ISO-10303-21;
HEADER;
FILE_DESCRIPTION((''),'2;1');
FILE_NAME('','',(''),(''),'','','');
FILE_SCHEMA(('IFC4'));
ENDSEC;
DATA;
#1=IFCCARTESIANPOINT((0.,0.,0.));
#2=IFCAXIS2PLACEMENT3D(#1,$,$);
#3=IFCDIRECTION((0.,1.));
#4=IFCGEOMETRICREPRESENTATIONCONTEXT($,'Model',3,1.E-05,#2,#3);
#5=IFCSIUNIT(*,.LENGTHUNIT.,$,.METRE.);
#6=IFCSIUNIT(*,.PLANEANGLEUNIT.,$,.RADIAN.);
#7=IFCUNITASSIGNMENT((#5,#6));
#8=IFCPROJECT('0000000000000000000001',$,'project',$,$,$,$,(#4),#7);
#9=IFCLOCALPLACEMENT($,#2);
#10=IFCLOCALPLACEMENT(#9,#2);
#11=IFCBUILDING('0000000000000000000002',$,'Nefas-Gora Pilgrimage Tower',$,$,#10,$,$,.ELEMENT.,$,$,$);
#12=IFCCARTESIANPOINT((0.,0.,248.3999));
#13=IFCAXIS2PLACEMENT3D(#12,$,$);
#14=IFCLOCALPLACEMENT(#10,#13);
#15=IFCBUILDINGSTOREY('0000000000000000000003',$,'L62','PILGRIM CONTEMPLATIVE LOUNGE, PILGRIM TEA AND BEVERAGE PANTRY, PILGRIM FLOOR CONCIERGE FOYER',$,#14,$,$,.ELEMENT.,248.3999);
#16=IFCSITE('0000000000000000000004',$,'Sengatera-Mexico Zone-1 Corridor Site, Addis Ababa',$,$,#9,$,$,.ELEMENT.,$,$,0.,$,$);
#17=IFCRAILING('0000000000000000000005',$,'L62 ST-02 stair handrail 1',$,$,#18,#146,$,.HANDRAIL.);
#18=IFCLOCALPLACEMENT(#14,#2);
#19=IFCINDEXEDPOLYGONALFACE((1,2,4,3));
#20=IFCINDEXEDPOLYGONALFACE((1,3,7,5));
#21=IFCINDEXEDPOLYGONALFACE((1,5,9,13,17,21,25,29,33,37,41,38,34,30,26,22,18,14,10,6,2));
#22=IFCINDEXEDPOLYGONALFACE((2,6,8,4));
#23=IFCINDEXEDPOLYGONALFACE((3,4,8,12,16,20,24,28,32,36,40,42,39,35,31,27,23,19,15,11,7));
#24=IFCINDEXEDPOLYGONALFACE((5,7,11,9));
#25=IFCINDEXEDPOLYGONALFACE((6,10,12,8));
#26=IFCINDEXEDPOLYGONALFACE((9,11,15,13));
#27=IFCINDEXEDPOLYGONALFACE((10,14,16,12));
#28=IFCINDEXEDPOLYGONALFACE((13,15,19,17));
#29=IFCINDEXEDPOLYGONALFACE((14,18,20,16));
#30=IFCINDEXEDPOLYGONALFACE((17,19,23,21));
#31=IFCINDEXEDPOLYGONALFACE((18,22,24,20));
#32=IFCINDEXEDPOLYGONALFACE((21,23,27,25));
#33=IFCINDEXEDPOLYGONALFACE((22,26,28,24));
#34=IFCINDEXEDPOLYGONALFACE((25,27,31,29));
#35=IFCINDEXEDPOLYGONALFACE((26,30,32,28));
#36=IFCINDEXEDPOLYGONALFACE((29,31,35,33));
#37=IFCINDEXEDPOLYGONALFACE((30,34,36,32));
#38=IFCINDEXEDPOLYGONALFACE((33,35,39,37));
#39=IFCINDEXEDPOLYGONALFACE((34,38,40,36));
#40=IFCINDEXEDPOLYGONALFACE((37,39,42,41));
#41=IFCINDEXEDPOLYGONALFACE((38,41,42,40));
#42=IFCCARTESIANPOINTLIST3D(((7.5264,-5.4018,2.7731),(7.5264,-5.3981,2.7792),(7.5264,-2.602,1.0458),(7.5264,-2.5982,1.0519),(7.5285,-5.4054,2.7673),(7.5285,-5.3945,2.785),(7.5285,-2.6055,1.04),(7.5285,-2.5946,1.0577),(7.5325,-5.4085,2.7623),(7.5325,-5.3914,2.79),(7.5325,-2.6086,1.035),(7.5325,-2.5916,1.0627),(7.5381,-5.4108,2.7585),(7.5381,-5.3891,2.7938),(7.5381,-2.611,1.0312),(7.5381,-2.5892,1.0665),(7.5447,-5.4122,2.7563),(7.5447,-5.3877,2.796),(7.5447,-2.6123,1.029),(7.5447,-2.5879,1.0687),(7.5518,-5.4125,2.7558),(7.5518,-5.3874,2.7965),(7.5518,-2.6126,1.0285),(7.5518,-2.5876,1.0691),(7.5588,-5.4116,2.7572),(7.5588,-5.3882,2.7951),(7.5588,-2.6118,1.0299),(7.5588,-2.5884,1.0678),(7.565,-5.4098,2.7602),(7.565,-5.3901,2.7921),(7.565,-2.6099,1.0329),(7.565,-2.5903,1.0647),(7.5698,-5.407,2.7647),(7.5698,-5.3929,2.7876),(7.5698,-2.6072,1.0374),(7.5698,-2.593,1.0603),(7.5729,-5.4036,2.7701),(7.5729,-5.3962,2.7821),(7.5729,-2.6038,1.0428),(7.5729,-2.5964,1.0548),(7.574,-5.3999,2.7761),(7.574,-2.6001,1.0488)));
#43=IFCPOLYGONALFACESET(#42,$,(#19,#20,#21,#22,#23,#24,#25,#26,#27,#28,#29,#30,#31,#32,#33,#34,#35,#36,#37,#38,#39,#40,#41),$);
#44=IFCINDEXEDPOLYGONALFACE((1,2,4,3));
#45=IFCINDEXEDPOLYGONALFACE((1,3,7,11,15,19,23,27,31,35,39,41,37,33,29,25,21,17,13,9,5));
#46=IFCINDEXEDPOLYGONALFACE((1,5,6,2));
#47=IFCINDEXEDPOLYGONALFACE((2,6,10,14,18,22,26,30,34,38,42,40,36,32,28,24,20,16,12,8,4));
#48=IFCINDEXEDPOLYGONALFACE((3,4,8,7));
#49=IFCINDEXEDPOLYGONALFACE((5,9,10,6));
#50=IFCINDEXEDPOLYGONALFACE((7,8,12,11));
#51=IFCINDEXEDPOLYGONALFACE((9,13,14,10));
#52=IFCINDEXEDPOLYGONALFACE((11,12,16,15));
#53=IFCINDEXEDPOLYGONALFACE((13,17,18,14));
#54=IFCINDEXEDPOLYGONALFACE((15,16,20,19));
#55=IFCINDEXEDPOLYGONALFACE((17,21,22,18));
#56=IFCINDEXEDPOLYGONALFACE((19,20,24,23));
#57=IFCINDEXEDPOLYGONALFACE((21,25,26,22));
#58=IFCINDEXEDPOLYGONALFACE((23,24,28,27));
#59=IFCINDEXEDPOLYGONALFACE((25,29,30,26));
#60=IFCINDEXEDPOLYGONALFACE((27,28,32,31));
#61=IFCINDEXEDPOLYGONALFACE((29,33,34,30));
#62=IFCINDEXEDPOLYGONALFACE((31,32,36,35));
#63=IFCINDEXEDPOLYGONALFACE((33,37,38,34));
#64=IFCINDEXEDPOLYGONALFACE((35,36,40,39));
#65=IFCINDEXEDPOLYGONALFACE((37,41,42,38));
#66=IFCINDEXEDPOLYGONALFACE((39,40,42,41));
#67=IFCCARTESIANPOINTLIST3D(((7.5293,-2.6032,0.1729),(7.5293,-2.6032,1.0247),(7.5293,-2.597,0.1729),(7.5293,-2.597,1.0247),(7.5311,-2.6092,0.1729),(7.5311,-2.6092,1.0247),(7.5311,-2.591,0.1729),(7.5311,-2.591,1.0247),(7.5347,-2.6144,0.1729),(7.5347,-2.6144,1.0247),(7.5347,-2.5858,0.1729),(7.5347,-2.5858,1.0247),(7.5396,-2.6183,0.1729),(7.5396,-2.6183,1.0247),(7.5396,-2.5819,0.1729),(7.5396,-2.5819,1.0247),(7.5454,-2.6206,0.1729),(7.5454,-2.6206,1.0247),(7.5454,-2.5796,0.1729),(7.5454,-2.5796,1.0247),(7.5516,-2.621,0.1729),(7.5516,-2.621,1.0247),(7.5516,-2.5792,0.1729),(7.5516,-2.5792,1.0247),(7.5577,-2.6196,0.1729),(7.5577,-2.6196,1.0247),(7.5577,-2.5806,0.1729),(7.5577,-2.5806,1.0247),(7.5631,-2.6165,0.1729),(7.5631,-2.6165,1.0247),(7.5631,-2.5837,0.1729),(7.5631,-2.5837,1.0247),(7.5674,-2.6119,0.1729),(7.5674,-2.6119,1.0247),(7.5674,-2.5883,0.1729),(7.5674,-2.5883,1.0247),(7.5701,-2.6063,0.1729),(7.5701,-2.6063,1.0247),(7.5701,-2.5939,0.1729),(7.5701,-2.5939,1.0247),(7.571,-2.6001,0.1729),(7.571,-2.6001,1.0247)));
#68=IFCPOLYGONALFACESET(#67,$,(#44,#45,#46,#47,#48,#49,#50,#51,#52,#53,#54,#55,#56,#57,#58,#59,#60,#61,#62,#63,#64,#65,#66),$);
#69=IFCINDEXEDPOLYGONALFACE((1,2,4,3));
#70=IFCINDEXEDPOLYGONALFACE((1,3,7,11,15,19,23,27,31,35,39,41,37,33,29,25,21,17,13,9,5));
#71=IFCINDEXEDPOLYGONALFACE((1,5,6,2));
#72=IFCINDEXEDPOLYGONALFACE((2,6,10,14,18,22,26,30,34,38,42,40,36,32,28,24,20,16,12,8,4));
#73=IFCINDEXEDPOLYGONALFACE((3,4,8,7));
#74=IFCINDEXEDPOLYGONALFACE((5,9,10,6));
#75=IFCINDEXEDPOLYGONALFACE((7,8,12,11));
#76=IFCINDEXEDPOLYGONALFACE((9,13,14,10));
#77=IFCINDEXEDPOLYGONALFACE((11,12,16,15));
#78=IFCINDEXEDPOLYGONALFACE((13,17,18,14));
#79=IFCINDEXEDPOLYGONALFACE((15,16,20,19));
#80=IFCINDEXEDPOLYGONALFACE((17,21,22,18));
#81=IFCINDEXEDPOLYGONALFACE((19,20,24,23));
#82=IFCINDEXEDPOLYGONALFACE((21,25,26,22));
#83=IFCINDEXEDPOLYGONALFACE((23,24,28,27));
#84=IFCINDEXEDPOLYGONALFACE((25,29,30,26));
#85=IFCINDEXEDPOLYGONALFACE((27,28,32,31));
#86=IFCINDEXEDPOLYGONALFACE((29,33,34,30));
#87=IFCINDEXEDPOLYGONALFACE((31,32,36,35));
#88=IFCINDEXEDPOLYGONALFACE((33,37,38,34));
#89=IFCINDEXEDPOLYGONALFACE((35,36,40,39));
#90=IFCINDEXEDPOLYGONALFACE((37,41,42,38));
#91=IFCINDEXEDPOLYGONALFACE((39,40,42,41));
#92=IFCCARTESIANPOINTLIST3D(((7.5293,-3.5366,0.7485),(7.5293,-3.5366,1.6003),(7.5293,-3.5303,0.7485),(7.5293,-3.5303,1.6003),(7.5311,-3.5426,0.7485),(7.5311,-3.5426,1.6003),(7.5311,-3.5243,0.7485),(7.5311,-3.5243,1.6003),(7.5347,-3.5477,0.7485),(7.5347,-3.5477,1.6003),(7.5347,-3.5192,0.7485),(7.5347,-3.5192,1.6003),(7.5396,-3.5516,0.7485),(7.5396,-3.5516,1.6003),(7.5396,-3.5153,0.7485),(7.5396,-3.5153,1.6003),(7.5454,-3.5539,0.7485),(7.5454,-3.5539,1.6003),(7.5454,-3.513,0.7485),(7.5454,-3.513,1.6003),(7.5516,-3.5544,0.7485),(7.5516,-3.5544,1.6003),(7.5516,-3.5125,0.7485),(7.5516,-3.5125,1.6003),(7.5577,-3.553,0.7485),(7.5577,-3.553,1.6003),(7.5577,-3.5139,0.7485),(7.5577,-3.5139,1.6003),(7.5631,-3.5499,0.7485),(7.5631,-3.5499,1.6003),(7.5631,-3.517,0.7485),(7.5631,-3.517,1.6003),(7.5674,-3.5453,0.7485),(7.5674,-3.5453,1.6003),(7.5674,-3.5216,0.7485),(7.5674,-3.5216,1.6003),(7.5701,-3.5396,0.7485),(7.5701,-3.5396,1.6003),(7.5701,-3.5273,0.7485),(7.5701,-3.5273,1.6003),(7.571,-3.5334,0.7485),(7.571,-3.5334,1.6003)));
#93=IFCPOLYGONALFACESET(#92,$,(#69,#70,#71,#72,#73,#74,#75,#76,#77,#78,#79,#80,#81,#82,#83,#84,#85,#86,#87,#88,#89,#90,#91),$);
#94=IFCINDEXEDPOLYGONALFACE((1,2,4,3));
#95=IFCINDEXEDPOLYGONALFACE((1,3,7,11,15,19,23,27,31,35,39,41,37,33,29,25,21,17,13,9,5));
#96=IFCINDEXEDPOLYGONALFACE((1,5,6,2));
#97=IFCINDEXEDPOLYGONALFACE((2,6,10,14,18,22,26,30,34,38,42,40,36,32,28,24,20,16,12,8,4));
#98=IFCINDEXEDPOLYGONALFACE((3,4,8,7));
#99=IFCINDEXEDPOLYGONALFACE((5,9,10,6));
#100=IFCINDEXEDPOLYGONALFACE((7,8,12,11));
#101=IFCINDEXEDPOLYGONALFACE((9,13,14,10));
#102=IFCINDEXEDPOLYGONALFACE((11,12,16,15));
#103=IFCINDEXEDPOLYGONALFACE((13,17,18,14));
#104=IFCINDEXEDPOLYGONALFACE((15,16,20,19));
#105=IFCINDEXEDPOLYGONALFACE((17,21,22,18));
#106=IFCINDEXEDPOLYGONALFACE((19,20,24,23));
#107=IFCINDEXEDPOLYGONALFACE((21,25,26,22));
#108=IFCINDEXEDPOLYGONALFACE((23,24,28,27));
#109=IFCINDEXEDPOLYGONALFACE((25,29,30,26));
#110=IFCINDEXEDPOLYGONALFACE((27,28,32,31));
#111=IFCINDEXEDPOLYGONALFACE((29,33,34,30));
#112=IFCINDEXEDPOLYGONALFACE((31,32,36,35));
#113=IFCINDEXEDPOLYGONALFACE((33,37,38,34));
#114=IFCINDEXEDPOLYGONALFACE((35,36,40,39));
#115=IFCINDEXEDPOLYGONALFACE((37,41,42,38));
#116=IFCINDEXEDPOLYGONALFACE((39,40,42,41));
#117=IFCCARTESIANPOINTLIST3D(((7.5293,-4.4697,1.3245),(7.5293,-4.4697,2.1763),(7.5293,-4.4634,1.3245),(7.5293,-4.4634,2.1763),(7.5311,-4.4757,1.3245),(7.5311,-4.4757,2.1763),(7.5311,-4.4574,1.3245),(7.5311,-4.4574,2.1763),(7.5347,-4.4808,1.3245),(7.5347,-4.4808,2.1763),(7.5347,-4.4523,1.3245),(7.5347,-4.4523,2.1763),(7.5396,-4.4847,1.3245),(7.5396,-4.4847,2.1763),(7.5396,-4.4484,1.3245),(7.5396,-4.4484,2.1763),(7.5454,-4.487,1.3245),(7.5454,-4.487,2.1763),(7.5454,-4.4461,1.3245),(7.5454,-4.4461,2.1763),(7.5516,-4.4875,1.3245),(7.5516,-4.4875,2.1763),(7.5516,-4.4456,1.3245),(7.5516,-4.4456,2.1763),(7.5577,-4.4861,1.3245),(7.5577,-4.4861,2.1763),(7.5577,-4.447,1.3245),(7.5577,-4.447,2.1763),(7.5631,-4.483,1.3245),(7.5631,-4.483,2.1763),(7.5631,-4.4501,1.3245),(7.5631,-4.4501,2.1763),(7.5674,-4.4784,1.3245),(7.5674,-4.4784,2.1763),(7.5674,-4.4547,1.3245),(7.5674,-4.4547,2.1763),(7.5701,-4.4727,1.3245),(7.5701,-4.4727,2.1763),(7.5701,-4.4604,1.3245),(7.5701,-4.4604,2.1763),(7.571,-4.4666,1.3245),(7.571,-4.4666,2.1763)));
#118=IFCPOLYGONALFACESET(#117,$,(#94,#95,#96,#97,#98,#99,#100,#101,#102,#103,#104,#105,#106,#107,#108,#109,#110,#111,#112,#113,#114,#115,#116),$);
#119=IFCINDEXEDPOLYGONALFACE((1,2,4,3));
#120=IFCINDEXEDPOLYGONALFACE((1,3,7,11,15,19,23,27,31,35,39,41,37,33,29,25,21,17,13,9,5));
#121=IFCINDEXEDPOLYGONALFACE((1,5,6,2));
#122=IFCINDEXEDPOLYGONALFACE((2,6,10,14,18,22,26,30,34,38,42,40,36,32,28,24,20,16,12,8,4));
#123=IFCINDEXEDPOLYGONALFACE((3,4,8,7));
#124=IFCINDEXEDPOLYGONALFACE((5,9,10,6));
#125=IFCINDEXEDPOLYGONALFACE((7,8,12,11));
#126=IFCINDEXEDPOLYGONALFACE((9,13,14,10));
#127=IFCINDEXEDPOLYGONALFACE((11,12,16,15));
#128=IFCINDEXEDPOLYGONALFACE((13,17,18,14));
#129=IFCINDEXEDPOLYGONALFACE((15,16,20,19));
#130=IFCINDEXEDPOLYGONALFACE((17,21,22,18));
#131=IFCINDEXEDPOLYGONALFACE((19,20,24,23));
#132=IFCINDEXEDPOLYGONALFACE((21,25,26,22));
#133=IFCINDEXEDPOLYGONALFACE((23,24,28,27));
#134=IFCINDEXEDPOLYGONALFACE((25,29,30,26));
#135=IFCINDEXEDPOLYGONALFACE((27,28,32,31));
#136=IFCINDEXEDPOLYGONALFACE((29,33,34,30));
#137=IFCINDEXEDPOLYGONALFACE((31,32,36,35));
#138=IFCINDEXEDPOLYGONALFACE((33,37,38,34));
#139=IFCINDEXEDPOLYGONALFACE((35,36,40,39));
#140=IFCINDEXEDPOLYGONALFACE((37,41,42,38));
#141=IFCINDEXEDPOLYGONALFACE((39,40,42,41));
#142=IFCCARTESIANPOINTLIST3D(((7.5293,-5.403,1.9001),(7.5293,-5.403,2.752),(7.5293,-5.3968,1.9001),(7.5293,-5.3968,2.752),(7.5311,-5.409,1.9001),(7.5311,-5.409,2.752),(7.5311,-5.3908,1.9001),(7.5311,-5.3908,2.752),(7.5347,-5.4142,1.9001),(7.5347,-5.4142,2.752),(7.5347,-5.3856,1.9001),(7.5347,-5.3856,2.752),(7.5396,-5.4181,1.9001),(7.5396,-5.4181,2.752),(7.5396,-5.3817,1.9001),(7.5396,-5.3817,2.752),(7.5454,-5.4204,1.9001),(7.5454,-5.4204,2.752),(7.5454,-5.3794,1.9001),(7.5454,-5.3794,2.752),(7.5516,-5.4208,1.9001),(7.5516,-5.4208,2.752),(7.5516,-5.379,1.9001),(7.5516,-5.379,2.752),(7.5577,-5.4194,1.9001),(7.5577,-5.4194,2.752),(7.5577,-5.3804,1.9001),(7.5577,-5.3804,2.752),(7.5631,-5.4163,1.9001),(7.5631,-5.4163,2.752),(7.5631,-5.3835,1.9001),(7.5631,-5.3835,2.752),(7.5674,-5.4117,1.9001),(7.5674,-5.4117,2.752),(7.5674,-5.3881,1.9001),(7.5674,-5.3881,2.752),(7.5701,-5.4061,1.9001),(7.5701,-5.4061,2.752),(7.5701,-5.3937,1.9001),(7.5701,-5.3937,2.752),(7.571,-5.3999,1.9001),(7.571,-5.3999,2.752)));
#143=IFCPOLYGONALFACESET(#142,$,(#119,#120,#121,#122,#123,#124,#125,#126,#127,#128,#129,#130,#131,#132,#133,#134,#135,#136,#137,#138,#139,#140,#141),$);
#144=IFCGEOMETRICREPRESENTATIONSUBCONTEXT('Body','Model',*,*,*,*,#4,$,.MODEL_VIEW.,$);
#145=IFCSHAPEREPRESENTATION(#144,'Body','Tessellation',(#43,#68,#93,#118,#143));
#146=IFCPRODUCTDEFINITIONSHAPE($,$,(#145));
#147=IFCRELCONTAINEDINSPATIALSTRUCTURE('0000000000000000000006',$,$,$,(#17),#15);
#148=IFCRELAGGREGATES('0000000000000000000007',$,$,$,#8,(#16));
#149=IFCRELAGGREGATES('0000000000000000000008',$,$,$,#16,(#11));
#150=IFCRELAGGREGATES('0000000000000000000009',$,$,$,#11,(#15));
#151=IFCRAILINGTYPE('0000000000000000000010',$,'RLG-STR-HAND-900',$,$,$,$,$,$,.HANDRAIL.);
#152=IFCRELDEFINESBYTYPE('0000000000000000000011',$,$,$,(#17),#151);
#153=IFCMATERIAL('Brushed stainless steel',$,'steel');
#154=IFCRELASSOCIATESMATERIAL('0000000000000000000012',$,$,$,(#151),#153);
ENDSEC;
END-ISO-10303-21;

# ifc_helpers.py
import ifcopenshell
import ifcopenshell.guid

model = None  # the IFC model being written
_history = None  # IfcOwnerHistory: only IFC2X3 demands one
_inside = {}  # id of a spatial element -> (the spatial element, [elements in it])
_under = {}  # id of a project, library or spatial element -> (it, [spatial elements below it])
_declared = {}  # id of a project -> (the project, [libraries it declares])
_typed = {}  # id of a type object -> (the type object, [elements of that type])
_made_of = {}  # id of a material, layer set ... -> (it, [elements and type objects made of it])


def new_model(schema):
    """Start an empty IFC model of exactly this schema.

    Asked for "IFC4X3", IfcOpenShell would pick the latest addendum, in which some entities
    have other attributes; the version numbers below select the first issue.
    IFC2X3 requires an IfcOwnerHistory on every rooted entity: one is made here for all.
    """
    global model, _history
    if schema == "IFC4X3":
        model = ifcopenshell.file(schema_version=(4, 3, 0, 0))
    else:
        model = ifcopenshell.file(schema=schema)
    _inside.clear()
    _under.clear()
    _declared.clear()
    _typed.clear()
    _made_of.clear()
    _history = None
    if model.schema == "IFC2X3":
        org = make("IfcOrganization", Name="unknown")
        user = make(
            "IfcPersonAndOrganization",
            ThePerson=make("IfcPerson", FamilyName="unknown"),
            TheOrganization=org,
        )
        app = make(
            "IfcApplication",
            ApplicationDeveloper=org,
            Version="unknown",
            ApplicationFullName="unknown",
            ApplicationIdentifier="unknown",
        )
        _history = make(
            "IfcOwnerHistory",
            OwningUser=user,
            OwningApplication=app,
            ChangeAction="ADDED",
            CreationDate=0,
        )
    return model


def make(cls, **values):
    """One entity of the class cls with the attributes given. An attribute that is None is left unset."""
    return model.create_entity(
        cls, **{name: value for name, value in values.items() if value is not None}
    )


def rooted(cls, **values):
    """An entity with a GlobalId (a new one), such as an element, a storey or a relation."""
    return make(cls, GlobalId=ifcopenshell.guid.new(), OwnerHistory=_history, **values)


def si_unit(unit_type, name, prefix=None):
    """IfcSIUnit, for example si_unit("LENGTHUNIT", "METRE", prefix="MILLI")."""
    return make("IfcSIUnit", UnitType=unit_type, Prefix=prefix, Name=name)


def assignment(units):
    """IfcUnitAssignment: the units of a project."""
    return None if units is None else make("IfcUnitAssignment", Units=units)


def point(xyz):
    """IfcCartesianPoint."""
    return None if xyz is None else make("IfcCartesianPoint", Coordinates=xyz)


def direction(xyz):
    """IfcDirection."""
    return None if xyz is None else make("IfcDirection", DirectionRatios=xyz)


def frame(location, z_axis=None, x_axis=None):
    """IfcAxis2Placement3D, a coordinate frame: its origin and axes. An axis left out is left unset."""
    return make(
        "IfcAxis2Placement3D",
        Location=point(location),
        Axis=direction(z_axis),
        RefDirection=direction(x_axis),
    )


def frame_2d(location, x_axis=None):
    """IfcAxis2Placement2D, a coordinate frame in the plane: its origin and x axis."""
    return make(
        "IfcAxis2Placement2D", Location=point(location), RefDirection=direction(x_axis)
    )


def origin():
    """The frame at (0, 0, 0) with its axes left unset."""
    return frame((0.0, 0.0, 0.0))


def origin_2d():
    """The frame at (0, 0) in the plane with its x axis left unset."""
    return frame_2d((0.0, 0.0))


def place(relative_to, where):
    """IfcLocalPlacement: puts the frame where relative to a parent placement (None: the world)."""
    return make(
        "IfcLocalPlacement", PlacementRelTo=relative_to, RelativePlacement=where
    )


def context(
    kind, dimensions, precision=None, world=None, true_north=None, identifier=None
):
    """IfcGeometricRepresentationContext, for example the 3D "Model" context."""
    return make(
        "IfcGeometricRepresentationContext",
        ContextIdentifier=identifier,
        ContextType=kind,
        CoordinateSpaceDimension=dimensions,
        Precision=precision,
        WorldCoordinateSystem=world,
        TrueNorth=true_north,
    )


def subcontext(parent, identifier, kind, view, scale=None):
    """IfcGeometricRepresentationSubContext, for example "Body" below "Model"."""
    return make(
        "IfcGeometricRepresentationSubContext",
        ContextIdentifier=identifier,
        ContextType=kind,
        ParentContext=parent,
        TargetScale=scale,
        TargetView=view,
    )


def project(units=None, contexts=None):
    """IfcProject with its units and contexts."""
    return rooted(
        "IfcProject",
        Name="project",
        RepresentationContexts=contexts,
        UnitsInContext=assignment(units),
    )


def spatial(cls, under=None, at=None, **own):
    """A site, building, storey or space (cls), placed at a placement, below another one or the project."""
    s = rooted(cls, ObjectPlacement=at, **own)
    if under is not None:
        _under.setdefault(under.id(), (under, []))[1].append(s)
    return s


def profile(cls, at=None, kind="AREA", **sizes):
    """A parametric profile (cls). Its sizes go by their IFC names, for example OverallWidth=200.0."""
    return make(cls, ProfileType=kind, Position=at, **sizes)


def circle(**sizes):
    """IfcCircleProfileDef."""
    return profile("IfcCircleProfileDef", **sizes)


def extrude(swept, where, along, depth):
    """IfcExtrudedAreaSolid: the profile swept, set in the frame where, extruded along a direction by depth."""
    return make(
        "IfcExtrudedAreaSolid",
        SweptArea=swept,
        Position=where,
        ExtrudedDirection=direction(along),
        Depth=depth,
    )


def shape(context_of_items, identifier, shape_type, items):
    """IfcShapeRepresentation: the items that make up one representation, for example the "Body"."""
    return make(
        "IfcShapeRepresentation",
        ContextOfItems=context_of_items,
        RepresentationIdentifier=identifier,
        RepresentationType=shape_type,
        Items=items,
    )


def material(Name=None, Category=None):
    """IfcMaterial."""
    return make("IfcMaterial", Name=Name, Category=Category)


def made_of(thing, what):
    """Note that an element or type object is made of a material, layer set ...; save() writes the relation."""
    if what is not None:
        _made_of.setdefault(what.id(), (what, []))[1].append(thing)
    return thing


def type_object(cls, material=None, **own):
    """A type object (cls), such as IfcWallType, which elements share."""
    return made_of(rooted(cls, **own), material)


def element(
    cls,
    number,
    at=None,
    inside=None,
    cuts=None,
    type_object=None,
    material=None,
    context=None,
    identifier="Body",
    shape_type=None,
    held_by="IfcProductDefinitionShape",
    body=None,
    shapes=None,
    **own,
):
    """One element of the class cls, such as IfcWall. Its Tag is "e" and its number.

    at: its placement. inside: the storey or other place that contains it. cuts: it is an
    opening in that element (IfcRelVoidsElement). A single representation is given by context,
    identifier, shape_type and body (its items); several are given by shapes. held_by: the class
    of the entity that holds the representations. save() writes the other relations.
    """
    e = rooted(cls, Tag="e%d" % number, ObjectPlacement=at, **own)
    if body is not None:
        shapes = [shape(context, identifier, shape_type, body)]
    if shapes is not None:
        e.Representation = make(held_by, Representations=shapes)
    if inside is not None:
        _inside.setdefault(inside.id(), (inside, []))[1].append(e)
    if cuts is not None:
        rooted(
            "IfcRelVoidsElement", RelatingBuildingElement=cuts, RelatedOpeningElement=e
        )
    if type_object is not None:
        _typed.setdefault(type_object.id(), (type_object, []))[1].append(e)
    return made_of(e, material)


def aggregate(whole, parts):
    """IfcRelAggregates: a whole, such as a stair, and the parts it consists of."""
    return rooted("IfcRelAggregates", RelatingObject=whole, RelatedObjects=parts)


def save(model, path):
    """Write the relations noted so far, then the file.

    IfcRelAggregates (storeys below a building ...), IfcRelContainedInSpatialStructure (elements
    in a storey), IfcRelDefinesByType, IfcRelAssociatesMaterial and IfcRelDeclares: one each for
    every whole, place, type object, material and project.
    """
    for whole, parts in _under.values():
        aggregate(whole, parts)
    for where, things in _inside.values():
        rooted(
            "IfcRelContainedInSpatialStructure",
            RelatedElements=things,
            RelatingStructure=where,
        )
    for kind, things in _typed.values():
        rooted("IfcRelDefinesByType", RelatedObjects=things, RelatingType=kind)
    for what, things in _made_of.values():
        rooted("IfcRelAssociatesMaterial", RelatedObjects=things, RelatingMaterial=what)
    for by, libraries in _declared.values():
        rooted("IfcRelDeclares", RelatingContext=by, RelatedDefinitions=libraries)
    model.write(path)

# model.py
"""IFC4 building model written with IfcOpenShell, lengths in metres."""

from ifc_helpers import new_model, si_unit, direction, frame, origin, origin_2d, place, context, subcontext, project, spatial, circle, extrude, material, type_object, element, save


model = new_model("IFC4")

# Units and contexts
model_context = context("Model", 3, precision=1e-05, world=origin(), true_north=direction((0.0, 1.0)))
body_context = subcontext(model_context, "Body", "Model", "MODEL_VIEW")
ifc_project = project(units=[si_unit("LENGTHUNIT", "METRE"), si_unit("PLANEANGLEUNIT", "RADIAN")], contexts=[model_context])

# Site, building, storey
site_placement = place(None, origin())
site = spatial("IfcSite", under=ifc_project, at=site_placement, Name="Sengatera-Mexico Zone-1 Corridor Site, Addis Ababa", CompositionType="ELEMENT", RefElevation=0.0)
building_placement = place(site_placement, origin())
building = spatial("IfcBuilding", under=site, at=building_placement, Name="Nefas-Gora Pilgrimage Tower", CompositionType="ELEMENT")
storey_placement = place(building_placement, frame((0.0, 0.0, 248.3999)))
storey = spatial("IfcBuildingStorey", under=building, at=storey_placement, Name="L62", Description="PILGRIM CONTEMPLATIVE LOUNGE, PILGRIM TEA AND BEVERAGE PANTRY, PILGRIM FLOOR CONCIERGE FOYER", CompositionType="ELEMENT", Elevation=248.3999)

# Railing
ifc_material_1 = material(Name="Brushed stainless steel", Category="steel")
railing_type_1 = type_object("IfcRailingType", Name="RLG-STR-HAND-900", PredefinedType="HANDRAIL", material=ifc_material_1)
railing_1_placement = place(storey_placement, frame((7.55, -2.6001, 0.1729)))
element("IfcRailing", 1, at=railing_1_placement, inside=storey, type_object=railing_type_1, Name="L62 ST-02 stair handrail 1", PredefinedType="HANDRAIL", context=body_context, shape_type="SweptSolid", body=[
    extrude(circle(Radius=0.0239, at=origin_2d()), frame((0.0, 0.0, 0.876), z_axis=(0.0, -0.851069, 0.525054), x_axis=(1.0, 0.0, 0.0)), (0.0, 0.0, 1.0), 3.2898),
    extrude(circle(Radius=0.021, at=origin_2d()), origin(), (0.0, 0.0, 1.0), 0.8518),
    extrude(circle(Radius=0.021, at=origin_2d()), frame((0.0, -0.9333, 0.5757)), (0.0, 0.0, 1.0), 0.8518),
    extrude(circle(Radius=0.021, at=origin_2d()), frame((0.0, -1.8665, 1.1516)), (0.0, 0.0, 1.0), 0.8518),
    extrude(circle(Radius=0.021, at=origin_2d()), frame((0.0, -2.7998, 1.7273)), (0.0, 0.0, 1.0), 0.8518),
])

save(model, "model.ifc")
